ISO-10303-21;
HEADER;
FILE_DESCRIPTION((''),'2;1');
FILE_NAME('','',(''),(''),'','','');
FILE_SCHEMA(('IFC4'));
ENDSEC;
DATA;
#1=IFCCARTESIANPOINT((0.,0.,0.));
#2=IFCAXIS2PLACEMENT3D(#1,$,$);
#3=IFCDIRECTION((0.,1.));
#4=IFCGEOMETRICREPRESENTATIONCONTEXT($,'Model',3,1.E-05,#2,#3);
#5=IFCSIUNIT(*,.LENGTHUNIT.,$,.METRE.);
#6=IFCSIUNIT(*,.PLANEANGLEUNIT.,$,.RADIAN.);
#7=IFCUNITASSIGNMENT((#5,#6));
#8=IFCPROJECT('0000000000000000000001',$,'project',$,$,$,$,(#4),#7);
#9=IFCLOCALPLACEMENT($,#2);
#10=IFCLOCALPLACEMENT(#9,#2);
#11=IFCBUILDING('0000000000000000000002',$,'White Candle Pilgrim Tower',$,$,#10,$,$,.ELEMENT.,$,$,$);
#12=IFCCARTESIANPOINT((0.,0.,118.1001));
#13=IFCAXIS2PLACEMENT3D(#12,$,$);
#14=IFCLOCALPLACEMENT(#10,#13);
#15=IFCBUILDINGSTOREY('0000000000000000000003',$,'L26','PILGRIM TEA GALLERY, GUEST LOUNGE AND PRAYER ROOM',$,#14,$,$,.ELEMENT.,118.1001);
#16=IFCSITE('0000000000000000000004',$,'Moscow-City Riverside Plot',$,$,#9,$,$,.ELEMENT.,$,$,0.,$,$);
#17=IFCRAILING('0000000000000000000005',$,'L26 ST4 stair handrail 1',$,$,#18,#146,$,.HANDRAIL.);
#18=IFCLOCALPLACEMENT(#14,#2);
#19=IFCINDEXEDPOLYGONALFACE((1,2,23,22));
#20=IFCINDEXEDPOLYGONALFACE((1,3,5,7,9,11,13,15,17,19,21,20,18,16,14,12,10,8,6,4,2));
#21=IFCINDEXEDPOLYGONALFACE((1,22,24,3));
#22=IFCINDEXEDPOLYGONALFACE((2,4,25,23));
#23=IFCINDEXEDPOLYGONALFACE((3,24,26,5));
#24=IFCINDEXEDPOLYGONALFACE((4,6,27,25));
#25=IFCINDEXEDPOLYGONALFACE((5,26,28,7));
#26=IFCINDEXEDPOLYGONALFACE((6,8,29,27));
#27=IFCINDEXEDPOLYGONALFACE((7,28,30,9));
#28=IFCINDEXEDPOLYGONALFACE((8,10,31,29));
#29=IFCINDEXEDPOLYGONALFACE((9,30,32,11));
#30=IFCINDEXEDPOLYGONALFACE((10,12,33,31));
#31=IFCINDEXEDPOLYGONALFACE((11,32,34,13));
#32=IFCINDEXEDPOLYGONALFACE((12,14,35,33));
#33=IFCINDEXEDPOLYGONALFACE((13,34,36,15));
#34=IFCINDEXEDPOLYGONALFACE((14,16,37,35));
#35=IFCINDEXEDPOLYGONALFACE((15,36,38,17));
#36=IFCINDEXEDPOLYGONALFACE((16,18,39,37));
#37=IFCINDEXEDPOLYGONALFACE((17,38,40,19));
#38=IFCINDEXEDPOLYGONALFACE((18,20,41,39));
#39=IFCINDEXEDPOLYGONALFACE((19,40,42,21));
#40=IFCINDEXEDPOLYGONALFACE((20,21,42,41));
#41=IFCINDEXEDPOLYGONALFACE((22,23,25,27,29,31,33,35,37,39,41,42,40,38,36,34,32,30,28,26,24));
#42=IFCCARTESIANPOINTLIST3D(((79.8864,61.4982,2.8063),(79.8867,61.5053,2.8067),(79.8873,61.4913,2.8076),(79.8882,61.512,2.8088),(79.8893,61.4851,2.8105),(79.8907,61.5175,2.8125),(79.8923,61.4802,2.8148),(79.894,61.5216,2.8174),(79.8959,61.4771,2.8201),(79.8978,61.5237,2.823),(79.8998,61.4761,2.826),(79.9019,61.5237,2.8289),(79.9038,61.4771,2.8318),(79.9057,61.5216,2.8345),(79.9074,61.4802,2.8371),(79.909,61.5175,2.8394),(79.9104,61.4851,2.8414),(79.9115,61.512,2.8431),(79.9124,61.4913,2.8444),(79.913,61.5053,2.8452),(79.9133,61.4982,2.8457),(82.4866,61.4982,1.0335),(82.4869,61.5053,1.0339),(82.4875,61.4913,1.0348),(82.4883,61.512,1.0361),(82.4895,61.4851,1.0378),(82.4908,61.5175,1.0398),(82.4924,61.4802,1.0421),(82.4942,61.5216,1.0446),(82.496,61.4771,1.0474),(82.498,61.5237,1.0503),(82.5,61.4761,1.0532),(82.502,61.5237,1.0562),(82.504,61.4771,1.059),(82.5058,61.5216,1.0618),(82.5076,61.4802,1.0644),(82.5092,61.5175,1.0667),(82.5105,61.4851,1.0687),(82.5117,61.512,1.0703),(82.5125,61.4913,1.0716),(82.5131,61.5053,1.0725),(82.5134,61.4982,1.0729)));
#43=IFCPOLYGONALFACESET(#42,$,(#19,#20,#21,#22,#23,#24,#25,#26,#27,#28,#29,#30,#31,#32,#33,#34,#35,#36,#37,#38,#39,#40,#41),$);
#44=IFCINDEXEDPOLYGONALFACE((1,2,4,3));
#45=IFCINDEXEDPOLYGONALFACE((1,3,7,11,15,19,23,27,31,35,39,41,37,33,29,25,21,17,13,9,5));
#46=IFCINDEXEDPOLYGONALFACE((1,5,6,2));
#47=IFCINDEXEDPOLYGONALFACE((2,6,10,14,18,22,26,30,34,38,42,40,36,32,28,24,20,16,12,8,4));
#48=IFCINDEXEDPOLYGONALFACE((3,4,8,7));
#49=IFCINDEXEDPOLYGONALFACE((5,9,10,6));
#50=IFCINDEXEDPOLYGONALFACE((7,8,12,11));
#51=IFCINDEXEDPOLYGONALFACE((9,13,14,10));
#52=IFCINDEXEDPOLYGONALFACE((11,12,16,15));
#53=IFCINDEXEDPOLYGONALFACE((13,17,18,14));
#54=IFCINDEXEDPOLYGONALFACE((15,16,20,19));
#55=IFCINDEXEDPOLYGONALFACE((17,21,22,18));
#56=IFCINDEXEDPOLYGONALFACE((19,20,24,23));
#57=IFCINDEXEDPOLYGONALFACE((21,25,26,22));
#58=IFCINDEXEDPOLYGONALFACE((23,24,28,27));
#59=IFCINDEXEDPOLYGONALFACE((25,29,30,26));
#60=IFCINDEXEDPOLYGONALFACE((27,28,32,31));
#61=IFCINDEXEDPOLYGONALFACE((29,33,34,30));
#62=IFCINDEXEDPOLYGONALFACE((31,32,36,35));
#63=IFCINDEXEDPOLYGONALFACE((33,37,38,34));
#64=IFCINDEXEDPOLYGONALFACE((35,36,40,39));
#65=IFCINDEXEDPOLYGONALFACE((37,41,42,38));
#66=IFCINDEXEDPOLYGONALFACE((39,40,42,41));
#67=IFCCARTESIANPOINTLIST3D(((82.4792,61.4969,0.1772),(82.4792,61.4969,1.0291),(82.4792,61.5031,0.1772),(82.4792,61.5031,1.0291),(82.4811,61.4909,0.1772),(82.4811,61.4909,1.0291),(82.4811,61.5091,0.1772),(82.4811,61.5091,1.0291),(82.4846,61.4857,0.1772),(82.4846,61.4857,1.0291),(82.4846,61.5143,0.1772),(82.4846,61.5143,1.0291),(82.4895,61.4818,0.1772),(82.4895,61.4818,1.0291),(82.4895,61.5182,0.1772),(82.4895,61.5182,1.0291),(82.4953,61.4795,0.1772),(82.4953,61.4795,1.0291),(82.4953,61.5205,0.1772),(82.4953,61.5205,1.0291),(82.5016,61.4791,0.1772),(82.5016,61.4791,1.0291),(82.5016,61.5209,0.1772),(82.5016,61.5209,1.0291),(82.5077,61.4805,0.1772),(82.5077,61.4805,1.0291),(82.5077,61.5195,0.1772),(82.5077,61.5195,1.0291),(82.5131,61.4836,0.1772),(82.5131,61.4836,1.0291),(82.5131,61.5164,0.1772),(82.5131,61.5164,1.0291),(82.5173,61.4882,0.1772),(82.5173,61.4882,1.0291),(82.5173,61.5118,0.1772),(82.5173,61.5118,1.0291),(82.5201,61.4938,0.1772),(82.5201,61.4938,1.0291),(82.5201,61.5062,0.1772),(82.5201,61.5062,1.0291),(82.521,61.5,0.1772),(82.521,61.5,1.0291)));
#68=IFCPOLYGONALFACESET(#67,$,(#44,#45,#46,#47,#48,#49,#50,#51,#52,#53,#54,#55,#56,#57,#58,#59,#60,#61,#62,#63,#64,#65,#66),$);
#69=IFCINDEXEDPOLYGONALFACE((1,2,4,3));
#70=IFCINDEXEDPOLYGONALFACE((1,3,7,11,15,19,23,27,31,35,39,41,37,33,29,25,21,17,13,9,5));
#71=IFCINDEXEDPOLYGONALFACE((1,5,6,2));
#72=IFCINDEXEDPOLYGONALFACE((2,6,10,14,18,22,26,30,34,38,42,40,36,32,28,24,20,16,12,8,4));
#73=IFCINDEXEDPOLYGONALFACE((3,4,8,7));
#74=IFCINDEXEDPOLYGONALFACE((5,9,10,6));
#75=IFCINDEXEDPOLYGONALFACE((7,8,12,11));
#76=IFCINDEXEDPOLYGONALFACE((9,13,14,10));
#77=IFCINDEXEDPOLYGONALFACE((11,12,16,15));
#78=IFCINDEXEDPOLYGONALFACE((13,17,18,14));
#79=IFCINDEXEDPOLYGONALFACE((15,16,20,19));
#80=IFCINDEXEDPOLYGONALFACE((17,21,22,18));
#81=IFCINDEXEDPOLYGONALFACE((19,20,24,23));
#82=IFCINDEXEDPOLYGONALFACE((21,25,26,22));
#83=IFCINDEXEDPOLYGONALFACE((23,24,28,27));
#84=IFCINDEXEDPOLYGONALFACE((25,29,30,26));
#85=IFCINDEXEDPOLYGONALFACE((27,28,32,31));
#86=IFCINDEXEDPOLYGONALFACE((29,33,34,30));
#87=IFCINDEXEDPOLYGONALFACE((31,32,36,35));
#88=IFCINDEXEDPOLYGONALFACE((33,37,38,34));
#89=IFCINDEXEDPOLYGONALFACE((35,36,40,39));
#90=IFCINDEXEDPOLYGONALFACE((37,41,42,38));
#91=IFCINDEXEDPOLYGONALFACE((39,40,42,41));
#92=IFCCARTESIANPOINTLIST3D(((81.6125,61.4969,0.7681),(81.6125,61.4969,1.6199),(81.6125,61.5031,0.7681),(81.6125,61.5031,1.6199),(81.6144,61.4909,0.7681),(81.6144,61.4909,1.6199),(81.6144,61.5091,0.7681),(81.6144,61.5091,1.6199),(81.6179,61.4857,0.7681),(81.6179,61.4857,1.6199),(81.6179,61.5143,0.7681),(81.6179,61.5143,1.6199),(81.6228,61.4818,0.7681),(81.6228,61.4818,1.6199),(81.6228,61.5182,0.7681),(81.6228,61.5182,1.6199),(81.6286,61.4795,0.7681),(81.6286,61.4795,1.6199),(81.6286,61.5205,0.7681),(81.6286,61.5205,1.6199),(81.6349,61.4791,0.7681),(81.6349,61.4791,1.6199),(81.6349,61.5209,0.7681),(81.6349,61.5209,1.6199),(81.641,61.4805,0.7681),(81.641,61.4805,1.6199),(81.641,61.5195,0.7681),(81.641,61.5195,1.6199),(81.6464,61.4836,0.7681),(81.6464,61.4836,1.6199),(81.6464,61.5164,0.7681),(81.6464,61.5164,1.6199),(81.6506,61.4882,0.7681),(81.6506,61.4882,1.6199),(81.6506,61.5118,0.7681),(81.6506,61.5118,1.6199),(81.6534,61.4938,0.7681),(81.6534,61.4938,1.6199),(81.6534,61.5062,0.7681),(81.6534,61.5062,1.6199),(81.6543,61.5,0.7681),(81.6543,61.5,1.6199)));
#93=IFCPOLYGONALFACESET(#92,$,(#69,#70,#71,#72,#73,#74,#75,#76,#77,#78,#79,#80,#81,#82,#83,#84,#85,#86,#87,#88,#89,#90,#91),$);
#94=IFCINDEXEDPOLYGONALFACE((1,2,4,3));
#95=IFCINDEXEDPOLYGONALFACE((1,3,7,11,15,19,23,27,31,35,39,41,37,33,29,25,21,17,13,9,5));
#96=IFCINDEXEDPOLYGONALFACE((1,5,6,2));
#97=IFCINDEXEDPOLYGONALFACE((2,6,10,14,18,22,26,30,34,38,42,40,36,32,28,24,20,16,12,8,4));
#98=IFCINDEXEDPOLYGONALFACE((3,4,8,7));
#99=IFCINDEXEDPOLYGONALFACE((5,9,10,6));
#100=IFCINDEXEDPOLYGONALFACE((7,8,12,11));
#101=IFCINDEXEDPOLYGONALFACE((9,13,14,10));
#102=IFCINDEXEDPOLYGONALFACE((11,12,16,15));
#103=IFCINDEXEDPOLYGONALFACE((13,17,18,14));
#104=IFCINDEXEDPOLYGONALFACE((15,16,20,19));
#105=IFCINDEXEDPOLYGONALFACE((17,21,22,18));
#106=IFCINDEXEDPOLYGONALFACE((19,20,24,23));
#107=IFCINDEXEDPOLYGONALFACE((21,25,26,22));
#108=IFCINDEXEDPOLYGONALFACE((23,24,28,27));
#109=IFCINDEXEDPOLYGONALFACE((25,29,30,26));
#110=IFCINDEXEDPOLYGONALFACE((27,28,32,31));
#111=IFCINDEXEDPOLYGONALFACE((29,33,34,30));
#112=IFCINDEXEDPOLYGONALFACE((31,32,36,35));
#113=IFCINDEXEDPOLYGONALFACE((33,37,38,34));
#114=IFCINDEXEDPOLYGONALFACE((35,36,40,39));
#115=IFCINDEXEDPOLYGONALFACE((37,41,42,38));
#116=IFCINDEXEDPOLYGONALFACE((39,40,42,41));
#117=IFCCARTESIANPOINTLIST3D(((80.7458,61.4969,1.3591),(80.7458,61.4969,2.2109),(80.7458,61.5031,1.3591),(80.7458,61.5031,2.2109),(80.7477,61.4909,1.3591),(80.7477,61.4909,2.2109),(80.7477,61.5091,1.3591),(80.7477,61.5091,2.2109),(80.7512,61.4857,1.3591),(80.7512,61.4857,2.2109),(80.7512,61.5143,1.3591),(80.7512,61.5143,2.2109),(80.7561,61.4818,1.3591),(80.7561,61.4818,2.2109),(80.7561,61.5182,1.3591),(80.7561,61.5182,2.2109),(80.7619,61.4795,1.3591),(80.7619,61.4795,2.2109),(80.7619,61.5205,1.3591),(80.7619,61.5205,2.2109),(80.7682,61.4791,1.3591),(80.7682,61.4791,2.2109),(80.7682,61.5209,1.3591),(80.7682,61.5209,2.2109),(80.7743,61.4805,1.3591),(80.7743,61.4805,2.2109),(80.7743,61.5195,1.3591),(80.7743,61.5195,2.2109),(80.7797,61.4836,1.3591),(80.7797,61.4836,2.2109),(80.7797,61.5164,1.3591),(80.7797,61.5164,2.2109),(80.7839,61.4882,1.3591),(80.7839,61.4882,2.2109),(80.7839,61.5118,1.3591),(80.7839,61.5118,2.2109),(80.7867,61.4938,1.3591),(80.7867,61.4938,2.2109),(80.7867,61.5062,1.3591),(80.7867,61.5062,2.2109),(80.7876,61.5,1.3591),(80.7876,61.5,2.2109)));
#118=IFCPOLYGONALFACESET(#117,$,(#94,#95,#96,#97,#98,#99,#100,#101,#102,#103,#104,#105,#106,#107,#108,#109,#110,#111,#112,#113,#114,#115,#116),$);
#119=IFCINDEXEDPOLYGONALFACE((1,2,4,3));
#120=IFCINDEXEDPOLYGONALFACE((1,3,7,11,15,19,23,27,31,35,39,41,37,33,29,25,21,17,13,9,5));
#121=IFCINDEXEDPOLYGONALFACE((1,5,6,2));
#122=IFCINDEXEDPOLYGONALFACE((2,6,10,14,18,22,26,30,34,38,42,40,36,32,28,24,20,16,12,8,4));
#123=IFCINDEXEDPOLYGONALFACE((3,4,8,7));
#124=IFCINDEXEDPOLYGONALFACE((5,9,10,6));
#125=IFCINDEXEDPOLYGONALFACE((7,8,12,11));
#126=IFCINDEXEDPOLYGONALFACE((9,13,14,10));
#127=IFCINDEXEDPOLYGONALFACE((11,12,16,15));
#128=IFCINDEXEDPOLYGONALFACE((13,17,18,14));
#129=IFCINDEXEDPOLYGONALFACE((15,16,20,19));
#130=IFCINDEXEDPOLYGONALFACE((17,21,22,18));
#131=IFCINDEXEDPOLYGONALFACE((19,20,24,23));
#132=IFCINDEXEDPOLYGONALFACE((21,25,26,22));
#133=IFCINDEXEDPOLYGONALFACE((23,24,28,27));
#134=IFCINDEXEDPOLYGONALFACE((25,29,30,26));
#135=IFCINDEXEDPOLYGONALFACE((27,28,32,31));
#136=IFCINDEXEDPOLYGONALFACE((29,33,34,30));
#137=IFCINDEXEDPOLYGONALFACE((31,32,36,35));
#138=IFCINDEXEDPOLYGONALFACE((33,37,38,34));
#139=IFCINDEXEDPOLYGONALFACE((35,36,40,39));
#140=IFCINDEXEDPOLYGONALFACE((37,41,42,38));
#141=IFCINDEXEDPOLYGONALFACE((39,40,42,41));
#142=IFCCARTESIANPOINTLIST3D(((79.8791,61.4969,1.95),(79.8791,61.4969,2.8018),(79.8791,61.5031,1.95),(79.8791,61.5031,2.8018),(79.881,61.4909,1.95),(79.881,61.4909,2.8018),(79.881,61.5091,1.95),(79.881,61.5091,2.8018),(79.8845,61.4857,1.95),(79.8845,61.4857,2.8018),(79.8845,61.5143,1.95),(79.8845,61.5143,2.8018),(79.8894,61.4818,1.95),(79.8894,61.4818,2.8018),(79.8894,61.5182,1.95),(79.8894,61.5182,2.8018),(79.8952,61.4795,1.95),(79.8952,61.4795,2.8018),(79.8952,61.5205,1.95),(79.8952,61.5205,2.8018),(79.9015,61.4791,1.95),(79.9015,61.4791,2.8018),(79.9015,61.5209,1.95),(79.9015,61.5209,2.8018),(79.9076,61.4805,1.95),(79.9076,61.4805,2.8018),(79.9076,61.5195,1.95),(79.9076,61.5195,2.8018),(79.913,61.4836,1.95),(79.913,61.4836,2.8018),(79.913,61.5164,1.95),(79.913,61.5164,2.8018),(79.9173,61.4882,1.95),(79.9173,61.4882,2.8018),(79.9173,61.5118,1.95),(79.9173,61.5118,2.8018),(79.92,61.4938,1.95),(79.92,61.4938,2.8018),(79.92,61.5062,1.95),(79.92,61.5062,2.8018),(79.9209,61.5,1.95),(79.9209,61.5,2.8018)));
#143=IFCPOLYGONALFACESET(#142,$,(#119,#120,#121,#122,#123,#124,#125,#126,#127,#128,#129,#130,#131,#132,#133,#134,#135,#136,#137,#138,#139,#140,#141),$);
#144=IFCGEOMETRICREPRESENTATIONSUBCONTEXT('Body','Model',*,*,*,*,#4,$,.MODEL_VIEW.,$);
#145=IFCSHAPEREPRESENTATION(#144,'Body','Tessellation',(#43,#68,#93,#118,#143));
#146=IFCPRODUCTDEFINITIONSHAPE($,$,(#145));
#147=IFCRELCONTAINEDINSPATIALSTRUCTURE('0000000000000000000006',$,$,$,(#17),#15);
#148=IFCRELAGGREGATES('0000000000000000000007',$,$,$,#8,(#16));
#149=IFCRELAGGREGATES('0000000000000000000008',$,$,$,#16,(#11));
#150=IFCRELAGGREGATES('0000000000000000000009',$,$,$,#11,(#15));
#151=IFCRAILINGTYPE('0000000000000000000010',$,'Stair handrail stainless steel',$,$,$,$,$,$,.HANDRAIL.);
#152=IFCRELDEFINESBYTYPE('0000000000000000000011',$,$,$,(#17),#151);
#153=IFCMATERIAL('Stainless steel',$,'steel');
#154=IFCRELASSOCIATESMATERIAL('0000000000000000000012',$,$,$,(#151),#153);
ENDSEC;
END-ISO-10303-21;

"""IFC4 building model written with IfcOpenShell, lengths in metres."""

from ifc_helpers import new_model, si_unit, direction, frame, origin, origin_2d, place, context, subcontext, project, spatial, circle, extrude, material, type_object, element, save


model = new_model("IFC4")

# Units and contexts
model_context = context("Model", 3, precision=1e-05, world=origin(), true_north=direction((0.0, 1.0)))
body_context = subcontext(model_context, "Body", "Model", "MODEL_VIEW")
ifc_project = project(units=[si_unit("LENGTHUNIT", "METRE"), si_unit("PLANEANGLEUNIT", "RADIAN")], contexts=[model_context])

# Site, building, storey
site_placement = place(None, origin())
site = spatial("IfcSite", under=ifc_project, at=site_placement, Name="Moscow-City Riverside Plot", CompositionType="ELEMENT", RefElevation=0.0)
building_placement = place(site_placement, origin())
building = spatial("IfcBuilding", under=site, at=building_placement, Name="White Candle Pilgrim Tower", CompositionType="ELEMENT")
storey_placement = place(building_placement, frame((0.0, 0.0, 118.1001)))
storey = spatial("IfcBuildingStorey", under=building, at=storey_placement, Name="L26", Description="PILGRIM TEA GALLERY, GUEST LOUNGE AND PRAYER ROOM", CompositionType="ELEMENT", Elevation=118.1001)

# Railing
ifc_material_1 = material(Name="Stainless steel", Category="steel")
railing_type_1 = type_object("IfcRailingType", Name="Stair handrail stainless steel", PredefinedType="HANDRAIL", material=ifc_material_1)
railing_1_placement = place(storey_placement, frame((82.5, 61.5, 0.1772)))
element("IfcRailing", 1, at=railing_1_placement, inside=storey, type_object=railing_type_1, Name="L26 ST4 stair handrail 1", PredefinedType="HANDRAIL", context=body_context, shape_type="SweptSolid", body=[
    extrude(circle(Radius=0.0239, at=origin_2d()), frame((0.0, 0.0, 0.876), z_axis=(-0.82624, 0.0, 0.563318), x_axis=(0.0, -1.0, 0.0)), (0.0, 0.0, 1.0), 3.147),
    extrude(circle(Radius=0.021, at=origin_2d()), origin(), (0.0, 0.0, 1.0), 0.8518),
    extrude(circle(Radius=0.021, at=origin_2d()), frame((-0.8667, 0.0, 0.5908)), (0.0, 0.0, 1.0), 0.8518),
    extrude(circle(Radius=0.021, at=origin_2d()), frame((-1.7334, 0.0, 1.1819)), (0.0, 0.0, 1.0), 0.8518),
    extrude(circle(Radius=0.021, at=origin_2d()), frame((-2.6001, 0.0, 1.7727)), (0.0, 0.0, 1.0), 0.8518),
])

save(model, "model.ifc")
